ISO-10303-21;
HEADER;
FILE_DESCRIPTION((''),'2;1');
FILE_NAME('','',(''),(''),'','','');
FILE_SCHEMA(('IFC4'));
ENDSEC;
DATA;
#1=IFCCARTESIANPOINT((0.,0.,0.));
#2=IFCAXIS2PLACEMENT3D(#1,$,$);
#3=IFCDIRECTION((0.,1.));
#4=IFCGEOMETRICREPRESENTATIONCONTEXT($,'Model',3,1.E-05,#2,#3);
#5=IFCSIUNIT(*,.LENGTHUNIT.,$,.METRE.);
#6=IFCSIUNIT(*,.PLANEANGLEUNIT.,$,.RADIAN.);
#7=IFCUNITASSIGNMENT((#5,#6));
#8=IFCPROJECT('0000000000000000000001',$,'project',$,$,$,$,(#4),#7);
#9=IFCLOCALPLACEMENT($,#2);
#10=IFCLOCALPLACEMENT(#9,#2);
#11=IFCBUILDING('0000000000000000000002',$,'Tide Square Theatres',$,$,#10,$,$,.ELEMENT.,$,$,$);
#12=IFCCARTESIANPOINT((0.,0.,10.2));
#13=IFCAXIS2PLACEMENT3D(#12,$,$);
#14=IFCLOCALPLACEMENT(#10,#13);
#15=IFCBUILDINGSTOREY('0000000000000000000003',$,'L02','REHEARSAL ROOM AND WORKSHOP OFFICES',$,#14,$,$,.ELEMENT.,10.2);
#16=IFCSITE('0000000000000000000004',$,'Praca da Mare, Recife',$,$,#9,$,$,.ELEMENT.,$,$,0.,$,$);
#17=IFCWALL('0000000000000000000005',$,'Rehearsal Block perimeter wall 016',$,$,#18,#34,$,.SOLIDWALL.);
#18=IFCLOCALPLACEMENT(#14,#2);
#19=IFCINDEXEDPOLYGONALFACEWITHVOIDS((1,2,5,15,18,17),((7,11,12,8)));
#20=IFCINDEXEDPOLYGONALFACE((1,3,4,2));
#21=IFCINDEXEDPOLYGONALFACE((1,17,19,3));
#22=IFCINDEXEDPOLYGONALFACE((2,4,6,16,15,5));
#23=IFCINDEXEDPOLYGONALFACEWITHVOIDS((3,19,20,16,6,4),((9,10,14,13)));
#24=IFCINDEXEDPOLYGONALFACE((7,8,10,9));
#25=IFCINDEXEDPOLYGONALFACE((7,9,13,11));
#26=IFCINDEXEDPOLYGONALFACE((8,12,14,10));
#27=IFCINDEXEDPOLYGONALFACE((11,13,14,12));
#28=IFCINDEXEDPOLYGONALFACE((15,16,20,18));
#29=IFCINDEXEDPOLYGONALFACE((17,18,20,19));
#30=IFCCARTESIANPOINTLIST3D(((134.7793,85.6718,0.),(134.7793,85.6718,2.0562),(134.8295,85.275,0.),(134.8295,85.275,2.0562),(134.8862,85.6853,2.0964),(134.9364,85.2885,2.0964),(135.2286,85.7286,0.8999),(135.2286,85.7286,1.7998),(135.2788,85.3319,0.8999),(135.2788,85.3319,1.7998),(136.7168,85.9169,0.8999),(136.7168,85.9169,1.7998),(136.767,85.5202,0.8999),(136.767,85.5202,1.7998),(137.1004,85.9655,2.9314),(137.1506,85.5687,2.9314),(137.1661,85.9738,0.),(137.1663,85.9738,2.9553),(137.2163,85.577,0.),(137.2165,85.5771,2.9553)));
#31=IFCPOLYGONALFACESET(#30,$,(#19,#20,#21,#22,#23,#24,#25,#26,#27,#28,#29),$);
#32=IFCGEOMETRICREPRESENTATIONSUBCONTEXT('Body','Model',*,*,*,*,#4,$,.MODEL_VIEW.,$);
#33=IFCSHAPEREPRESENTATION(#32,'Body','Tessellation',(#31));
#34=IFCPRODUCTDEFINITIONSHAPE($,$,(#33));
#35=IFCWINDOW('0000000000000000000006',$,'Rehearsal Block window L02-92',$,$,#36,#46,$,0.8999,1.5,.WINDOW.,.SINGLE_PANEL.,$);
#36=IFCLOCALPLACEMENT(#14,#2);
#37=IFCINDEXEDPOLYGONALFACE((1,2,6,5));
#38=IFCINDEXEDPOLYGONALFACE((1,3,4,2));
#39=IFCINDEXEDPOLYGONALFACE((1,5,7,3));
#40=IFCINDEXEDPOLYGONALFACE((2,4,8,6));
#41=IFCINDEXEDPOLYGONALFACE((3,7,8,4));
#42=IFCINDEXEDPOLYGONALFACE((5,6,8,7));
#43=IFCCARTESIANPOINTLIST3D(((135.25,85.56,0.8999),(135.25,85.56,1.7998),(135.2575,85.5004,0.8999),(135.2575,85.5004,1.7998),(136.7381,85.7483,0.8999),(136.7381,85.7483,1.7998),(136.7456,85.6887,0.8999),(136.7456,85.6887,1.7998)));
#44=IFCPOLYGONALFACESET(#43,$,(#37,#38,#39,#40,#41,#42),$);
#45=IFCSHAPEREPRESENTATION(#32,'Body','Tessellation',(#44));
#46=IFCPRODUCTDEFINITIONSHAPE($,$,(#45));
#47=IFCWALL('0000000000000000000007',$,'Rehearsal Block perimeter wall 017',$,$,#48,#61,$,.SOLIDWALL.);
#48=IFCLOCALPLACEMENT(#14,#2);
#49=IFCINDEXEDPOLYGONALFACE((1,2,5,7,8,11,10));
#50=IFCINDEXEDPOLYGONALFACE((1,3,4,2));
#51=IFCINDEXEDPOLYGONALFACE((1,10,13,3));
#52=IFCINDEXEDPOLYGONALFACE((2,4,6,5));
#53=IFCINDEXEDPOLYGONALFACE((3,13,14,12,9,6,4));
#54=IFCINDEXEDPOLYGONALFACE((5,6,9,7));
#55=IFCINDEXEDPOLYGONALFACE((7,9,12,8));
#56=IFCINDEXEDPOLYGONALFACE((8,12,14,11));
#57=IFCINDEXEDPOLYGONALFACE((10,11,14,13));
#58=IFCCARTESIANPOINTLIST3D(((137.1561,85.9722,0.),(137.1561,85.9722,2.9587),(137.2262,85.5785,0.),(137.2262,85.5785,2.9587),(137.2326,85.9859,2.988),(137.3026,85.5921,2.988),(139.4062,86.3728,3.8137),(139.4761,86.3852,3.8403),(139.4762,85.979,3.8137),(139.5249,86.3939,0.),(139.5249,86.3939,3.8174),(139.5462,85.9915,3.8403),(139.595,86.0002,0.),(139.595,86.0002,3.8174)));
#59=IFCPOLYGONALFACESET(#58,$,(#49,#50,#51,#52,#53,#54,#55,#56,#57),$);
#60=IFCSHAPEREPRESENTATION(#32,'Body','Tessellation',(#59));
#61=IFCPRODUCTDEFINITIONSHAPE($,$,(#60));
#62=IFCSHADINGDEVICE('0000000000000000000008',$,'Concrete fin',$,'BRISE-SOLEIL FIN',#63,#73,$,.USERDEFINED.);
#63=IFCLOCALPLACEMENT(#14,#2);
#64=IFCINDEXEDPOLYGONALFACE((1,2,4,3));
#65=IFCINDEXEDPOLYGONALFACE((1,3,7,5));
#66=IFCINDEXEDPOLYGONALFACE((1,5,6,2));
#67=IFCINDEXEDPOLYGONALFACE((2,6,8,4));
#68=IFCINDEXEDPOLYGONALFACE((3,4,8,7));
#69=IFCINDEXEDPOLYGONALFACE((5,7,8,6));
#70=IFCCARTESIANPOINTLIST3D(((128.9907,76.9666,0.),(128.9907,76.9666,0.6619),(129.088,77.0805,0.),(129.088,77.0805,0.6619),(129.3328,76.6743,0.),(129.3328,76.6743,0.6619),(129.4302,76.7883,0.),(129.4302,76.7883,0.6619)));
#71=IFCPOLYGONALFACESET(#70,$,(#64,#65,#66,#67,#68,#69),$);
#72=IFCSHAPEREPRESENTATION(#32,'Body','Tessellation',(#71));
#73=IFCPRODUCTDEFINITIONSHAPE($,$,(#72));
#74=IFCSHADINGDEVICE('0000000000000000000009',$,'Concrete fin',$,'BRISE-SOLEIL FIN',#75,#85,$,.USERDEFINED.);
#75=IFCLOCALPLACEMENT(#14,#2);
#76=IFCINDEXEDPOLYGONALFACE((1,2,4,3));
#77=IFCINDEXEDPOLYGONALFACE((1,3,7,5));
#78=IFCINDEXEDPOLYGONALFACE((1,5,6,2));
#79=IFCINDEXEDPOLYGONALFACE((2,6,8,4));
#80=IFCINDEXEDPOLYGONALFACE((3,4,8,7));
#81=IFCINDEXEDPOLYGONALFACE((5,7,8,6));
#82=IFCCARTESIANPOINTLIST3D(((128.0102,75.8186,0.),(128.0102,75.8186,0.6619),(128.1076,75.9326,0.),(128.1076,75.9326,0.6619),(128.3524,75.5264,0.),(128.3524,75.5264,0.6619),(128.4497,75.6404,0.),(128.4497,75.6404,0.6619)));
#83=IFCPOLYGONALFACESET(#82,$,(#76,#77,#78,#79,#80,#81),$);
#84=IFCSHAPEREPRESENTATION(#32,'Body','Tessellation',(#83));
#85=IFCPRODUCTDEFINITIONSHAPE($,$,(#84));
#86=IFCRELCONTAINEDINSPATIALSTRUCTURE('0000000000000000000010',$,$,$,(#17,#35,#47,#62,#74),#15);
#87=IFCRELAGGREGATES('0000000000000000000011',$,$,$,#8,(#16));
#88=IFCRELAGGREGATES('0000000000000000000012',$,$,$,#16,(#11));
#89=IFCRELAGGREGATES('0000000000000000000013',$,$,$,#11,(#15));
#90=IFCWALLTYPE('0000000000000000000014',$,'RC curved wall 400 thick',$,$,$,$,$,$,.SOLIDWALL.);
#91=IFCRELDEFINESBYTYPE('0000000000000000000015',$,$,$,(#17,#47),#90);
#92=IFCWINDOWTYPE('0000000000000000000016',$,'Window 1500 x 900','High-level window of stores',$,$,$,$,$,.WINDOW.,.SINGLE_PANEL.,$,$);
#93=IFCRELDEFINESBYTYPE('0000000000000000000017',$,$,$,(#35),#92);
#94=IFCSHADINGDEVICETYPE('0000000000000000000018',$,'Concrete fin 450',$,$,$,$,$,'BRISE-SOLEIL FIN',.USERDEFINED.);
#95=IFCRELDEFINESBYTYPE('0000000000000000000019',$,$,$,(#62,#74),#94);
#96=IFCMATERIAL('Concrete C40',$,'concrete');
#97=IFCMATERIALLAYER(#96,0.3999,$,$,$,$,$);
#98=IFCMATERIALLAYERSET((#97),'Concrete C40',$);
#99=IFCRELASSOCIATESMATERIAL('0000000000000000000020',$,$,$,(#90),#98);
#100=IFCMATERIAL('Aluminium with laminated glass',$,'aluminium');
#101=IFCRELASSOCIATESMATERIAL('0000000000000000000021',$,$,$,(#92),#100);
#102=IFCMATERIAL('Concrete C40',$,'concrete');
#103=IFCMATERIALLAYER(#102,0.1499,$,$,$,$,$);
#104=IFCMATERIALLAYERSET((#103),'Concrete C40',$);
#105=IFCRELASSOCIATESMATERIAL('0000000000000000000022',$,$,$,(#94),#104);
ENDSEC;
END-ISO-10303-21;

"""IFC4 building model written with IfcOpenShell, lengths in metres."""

from ifc_helpers import new_model, si_unit, direction, frame, frame_2d, origin, origin_2d, place, context, subcontext, project, spatial, polyline, rectangle, outline, extrude, material, layer, layer_set, type_object, element, fill, save


model = new_model("IFC4")

# Units and contexts
model_context = context("Model", 3, precision=1e-05, world=origin(), true_north=direction((0.0, 1.0)))
body_context = subcontext(model_context, "Body", "Model", "MODEL_VIEW")
ifc_project = project(units=[si_unit("LENGTHUNIT", "METRE"), si_unit("PLANEANGLEUNIT", "RADIAN")], contexts=[model_context])

# Site, building, storey
site_placement = place(None, origin())
site = spatial("IfcSite", under=ifc_project, at=site_placement, Name="Praca da Mare, Recife", CompositionType="ELEMENT", RefElevation=0.0)
building_placement = place(site_placement, origin())
building = spatial("IfcBuilding", under=site, at=building_placement, Name="Tide Square Theatres", CompositionType="ELEMENT")
storey_placement = place(building_placement, frame((0.0, 0.0, 10.2)))
storey = spatial("IfcBuildingStorey", under=building, at=storey_placement, Name="L02", Description="REHEARSAL ROOM AND WORKSHOP OFFICES", CompositionType="ELEMENT", Elevation=10.2)

# Shared definitions
ifc_material_1 = material(Name="Concrete C40", Category="concrete")
ifc_layer_1 = layer(ifc_material_1, 0.3999)
ifc_layer_set_1 = layer_set([ifc_layer_1], Name="Concrete C40")
wall_type_1 = type_object("IfcWallType", Name="RC curved wall 400 thick", PredefinedType="SOLIDWALL", material=ifc_layer_set_1)

# Wall, opening, window
wall_1_placement = place(storey_placement, frame((134.8044, 85.4734, 0.0), z_axis=(0.0, 0.0, 1.0), x_axis=(0.992089, 0.125533, 0.0)))
wall_1 = element("IfcWall", 1, at=wall_1_placement, inside=storey, type_object=wall_type_1, Name="Rehearsal Block perimeter wall 016", PredefinedType="SOLIDWALL", context=body_context, shape_type="SweptSolid", body=[
    extrude(outline(polyline([(0.0, 0.0), (2.4058, 0.0), (2.406, 2.9553), (2.3396, 2.9314), (0.1077, 2.0964), (0.0, 2.0562), (0.0, 0.0)])), frame((0.0, 0.2, 0.0), z_axis=(0.0, -1.0, 0.0), x_axis=(1.0, 0.0, 0.0)), (0.0, 0.0, 1.0), 0.3999),
])
opening_placement = place(wall_1_placement, frame((0.4529, 0.0, 0.8999)))
opening = element("IfcOpeningElement", 2, at=opening_placement, cuts=wall_1, PredefinedType="OPENING", context=body_context, shape_type="SweptSolid", body=[
    extrude(rectangle(XDim=1.5, YDim=0.8999, at=frame_2d((0.75, 0.45))), frame((0.0, 0.21, 0.0), z_axis=(0.0, -1.0, 0.0), x_axis=(1.0, 0.0, 0.0)), (0.0, 0.0, 1.0), 0.4199),
])
ifc_material_2 = material(Name="Aluminium with laminated glass", Category="aluminium")
window_type = type_object("IfcWindowType", Name="Window 1500 x 900", Description="High-level window of stores", PartitioningType="SINGLE_PANEL", PredefinedType="WINDOW", material=ifc_material_2)
window_placement = place(opening_placement, origin())
window = element("IfcWindow", 3, at=window_placement, inside=storey, type_object=window_type, Name="Rehearsal Block window L02-92", OverallHeight=0.8999, OverallWidth=1.5, PartitioningType="SINGLE_PANEL", PredefinedType="WINDOW", context=body_context, shape_type="SweptSolid", body=[
    extrude(rectangle(XDim=1.5, YDim=0.8999, at=frame_2d((0.75, 0.45))), frame((0.0, 0.03, 0.0), z_axis=(0.0, -1.0, 0.0), x_axis=(1.0, 0.0, 0.0)), (0.0, 0.0, 1.0), 0.0601),
])
fill(opening, window)

# Wall
wall_2_placement = place(storey_placement, frame((137.1912, 85.7754, 0.0), z_axis=(0.0, 0.0, 1.0), x_axis=(0.984524, 0.17525, 0.0)))
element("IfcWall", 4, at=wall_2_placement, inside=storey, type_object=wall_type_1, Name="Rehearsal Block perimeter wall 017", PredefinedType="SOLIDWALL", context=body_context, shape_type="SweptSolid", body=[
    extrude(outline(polyline([(0.0, 0.0), (2.406, 0.0), (2.406, 3.8174), (2.3564, 3.8403), (2.2854, 3.8137), (0.0776, 2.988), (0.0, 2.9587), (0.0, 0.0)])), frame((0.0, 0.2, 0.0), z_axis=(0.0, -1.0, 0.0), x_axis=(1.0, 0.0, 0.0)), (0.0, 0.0, 1.0), 0.3999),
])

# Shading devices
ifc_material_3 = material(Name="Concrete C40", Category="concrete")
ifc_layer_2 = layer(ifc_material_3, 0.1499)
ifc_layer_set_2 = layer_set([ifc_layer_2], Name="Concrete C40")
shading_device_type = type_object("IfcShadingDeviceType", Name="Concrete fin 450", ElementType="BRISE-SOLEIL FIN", PredefinedType="USERDEFINED", material=ifc_layer_set_2)
for number, where, z_axis, x_axis, name in (
    (5, (129.2104, 76.8774, 0.0), (0.0, 0.0, 1.0), (-0.649435, -0.760417, 0.0), "Concrete fin"),
    (6, (128.23, 75.7295, 0.0), (0.0, 0.0, 1.0), (-0.649435, -0.760417, 0.0), "Concrete fin"),
):
    element("IfcShadingDevice", number, at=place(storey_placement, frame(where, z_axis=z_axis, x_axis=x_axis)), inside=storey, type_object=shading_device_type, Name=name, ObjectType="BRISE-SOLEIL FIN", PredefinedType="USERDEFINED", context=body_context, shape_type="SweptSolid", body=[
        extrude(rectangle(XDim=0.1499, YDim=0.45, at=origin_2d()), origin(), (0.0, 0.0, 1.0), 0.6619),
    ])

save(model, "model.ifc")
